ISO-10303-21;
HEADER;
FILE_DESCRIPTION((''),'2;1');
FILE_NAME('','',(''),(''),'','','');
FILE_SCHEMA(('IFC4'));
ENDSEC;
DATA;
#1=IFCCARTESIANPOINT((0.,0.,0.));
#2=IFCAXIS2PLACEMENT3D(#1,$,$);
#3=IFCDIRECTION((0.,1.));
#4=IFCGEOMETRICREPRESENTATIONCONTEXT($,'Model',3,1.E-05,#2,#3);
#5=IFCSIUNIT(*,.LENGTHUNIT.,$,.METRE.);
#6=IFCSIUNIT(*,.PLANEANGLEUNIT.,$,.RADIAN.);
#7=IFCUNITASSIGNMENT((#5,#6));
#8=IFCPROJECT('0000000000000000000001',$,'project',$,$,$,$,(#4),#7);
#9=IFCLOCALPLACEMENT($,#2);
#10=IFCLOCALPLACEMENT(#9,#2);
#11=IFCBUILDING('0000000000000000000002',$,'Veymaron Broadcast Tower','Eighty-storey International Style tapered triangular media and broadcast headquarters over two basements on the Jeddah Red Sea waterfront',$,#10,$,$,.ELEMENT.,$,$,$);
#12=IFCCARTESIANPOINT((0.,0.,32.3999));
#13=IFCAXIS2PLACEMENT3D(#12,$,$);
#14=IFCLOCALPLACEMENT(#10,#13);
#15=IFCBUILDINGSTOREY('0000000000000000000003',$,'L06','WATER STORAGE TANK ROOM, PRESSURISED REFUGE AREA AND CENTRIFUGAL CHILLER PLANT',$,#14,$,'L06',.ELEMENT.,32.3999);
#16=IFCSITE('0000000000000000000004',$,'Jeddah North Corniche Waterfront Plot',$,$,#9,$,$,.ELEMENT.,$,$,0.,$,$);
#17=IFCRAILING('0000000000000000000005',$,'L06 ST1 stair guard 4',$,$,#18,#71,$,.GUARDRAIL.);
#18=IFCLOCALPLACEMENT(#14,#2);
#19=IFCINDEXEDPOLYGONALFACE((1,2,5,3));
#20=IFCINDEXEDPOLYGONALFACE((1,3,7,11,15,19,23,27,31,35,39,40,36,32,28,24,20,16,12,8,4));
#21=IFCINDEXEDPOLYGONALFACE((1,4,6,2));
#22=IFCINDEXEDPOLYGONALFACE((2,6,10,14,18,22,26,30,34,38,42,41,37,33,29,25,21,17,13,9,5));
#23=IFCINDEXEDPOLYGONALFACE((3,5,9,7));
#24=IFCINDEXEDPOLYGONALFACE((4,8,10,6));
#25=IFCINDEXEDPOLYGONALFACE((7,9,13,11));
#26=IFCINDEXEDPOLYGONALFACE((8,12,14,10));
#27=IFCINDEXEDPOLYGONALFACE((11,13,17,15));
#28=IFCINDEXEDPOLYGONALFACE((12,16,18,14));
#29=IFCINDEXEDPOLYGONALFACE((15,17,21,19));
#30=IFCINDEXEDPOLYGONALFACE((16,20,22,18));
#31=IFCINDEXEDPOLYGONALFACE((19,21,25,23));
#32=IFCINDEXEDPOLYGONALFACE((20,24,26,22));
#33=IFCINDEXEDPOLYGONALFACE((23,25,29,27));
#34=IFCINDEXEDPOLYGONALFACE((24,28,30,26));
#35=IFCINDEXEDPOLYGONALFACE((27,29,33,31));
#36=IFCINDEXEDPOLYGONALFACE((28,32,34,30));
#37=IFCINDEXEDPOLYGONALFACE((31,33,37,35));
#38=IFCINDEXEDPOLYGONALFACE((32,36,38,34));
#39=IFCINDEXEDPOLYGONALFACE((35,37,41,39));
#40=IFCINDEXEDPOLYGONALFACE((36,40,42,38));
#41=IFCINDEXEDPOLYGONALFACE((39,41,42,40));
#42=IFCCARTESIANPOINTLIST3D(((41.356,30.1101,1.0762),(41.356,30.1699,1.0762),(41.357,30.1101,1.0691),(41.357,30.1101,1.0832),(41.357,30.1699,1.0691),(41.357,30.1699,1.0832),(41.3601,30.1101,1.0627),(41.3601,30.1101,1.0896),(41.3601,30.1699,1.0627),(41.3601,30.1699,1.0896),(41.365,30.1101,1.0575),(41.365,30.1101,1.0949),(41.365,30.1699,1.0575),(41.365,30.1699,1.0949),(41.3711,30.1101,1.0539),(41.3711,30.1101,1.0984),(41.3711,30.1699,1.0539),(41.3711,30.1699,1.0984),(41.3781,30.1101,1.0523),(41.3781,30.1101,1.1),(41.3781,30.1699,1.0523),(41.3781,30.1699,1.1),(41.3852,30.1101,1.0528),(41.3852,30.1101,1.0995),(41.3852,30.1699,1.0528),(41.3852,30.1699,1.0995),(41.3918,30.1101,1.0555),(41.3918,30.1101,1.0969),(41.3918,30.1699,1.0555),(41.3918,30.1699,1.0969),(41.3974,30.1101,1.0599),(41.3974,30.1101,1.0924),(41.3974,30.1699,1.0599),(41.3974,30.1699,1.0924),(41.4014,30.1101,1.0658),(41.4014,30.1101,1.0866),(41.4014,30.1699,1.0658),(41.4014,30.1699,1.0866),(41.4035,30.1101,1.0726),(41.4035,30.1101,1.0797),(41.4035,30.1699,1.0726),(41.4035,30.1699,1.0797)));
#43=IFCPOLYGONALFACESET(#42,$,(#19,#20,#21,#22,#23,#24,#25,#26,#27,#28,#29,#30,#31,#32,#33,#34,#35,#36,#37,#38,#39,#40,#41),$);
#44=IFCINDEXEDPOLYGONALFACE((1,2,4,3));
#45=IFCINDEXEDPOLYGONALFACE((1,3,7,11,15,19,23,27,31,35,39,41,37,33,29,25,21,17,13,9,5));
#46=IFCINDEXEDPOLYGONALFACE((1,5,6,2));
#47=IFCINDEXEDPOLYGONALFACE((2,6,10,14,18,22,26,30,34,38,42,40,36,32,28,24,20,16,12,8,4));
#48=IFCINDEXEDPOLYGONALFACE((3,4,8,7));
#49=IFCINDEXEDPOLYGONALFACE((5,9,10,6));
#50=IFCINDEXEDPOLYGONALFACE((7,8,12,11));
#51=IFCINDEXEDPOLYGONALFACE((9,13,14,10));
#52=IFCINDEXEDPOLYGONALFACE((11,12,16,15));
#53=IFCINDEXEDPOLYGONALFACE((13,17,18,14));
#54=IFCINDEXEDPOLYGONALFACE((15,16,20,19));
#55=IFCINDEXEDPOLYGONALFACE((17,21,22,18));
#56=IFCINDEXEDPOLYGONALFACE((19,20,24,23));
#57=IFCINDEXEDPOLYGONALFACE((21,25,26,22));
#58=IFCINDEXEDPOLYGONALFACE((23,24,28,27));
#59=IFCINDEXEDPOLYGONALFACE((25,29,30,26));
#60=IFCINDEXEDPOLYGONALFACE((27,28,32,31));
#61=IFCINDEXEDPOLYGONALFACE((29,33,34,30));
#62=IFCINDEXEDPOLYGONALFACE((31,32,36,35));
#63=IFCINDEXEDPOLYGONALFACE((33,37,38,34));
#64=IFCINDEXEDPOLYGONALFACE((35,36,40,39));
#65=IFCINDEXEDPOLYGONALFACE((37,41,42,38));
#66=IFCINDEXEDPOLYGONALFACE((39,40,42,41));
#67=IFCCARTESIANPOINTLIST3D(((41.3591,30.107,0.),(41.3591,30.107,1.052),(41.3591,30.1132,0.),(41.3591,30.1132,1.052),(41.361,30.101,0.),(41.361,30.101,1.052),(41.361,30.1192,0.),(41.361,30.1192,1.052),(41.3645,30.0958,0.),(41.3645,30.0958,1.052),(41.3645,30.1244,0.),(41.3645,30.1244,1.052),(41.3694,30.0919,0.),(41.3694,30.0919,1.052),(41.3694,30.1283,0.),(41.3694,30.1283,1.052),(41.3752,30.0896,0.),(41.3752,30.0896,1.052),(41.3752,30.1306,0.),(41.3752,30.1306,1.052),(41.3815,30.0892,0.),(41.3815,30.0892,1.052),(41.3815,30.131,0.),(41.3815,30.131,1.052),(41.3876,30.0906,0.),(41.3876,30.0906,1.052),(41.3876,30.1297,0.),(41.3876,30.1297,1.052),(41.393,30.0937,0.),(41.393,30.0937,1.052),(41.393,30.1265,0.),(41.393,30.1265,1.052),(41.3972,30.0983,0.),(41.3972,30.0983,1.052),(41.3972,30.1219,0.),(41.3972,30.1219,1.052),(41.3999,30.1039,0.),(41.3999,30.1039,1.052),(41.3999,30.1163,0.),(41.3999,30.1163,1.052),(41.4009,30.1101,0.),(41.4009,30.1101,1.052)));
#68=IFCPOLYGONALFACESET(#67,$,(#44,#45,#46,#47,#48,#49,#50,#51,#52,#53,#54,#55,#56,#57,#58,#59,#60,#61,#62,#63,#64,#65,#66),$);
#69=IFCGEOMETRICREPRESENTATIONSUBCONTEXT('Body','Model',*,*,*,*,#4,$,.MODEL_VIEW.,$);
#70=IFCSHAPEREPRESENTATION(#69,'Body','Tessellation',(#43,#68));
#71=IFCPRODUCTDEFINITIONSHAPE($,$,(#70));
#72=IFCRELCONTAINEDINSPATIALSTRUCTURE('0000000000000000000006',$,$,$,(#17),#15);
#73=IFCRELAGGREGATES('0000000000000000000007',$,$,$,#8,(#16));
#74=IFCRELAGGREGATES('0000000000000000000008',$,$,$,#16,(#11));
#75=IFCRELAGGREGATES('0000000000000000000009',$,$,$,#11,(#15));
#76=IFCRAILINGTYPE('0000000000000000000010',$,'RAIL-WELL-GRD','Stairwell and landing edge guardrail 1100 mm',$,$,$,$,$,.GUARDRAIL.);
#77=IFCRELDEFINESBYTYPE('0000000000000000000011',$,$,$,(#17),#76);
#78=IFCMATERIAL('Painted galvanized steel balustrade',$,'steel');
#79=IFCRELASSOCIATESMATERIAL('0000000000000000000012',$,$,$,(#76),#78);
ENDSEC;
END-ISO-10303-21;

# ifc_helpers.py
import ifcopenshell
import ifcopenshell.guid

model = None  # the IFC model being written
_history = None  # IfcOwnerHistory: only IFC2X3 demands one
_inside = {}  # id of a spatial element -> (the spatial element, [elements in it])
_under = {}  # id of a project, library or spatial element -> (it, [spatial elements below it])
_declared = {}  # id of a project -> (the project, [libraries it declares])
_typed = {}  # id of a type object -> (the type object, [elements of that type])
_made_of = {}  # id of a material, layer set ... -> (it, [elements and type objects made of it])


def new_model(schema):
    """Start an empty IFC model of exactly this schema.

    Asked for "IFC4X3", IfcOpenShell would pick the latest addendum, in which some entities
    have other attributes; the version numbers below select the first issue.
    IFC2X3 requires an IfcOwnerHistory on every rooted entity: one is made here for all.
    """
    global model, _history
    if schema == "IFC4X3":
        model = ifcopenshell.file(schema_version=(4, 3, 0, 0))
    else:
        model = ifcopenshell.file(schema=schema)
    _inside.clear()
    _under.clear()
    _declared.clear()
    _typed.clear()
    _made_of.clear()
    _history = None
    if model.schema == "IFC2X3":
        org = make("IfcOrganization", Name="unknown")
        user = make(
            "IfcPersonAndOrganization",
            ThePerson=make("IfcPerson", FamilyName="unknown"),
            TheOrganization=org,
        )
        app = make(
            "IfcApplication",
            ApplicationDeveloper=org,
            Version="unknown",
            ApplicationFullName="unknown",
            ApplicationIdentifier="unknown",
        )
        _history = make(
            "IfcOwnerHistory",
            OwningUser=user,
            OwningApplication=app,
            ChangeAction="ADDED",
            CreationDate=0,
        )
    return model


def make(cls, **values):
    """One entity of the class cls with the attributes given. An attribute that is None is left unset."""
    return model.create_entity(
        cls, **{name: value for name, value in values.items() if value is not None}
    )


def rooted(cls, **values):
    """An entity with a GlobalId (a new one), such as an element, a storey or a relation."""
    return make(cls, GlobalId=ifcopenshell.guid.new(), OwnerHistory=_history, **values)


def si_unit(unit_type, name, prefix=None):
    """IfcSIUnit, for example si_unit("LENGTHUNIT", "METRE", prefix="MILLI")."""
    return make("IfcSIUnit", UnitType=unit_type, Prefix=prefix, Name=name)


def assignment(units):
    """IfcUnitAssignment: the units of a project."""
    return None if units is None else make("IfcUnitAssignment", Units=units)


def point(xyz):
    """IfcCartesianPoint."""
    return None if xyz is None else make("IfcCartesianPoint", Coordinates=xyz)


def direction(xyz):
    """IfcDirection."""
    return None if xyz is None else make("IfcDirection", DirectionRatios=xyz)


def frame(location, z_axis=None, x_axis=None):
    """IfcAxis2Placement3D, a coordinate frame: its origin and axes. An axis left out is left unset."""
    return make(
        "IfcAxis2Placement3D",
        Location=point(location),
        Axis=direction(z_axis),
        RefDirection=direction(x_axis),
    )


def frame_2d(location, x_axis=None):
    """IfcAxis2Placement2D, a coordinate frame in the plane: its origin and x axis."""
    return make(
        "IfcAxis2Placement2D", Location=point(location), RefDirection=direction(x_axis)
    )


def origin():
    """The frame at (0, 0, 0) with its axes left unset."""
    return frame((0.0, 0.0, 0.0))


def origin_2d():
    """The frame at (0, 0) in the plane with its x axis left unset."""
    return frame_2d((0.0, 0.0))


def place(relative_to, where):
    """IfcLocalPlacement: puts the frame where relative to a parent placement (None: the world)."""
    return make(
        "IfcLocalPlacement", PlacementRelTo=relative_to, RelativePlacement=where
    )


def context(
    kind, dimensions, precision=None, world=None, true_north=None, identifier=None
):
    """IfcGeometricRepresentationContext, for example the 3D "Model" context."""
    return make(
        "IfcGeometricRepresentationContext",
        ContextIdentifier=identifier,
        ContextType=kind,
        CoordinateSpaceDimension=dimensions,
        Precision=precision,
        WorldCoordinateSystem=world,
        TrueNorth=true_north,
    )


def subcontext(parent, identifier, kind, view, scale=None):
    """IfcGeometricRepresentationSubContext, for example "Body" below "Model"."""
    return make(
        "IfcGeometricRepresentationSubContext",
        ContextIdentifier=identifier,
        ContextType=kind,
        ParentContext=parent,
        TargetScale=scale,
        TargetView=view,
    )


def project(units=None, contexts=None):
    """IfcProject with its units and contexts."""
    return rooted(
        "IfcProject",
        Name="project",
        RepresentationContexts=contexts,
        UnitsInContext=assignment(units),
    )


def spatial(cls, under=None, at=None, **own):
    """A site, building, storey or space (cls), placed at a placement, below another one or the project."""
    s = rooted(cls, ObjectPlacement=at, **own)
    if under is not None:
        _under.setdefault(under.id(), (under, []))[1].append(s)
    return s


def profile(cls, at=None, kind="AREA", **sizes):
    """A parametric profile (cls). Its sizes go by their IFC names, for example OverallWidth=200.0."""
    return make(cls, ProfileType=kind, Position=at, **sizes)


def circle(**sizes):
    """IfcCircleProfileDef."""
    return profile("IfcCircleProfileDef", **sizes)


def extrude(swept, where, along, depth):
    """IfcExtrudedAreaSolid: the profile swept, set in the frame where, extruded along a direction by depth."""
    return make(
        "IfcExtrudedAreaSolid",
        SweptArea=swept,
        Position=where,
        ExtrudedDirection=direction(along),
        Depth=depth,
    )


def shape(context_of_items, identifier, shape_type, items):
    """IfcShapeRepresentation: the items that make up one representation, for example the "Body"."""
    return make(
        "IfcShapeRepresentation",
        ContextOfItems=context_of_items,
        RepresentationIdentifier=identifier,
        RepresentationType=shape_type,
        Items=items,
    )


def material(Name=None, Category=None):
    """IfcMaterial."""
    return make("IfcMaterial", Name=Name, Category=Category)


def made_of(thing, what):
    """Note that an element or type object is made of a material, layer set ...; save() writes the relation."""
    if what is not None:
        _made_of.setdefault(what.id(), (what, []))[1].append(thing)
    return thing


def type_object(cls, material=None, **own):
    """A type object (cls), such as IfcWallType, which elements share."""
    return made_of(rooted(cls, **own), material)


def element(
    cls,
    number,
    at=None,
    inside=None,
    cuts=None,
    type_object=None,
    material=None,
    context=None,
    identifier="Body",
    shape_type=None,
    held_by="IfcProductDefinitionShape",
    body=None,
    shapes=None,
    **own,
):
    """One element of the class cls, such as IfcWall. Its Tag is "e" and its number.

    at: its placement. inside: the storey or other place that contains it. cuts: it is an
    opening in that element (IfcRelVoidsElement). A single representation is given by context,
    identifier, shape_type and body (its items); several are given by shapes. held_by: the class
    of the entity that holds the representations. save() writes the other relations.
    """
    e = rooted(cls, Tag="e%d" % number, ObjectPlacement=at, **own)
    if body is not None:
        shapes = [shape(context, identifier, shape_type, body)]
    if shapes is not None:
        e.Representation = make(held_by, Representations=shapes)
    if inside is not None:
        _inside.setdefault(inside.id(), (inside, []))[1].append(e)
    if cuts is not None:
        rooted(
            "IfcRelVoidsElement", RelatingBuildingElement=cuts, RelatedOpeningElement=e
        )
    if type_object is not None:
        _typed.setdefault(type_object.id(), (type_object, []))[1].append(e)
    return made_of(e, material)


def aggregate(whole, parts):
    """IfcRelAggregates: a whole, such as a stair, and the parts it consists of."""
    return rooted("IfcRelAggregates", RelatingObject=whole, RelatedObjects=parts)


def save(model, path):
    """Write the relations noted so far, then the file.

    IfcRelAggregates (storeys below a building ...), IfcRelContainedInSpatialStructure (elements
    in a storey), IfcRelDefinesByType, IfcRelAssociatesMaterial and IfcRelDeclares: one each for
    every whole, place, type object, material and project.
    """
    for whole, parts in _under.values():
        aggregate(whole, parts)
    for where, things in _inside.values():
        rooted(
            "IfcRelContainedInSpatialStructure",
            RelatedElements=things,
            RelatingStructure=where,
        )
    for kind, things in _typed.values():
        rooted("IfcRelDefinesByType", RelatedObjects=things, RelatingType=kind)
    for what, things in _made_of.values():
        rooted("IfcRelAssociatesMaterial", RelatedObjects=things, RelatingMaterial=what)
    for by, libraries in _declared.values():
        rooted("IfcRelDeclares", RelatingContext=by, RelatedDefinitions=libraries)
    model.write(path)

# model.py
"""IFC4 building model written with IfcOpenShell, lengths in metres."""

from ifc_helpers import new_model, si_unit, direction, frame, origin, origin_2d, place, context, subcontext, project, spatial, circle, extrude, material, type_object, element, save


model = new_model("IFC4")

# Units and contexts
model_context = context("Model", 3, precision=1e-05, world=origin(), true_north=direction((0.0, 1.0)))
body_context = subcontext(model_context, "Body", "Model", "MODEL_VIEW")
ifc_project = project(units=[si_unit("LENGTHUNIT", "METRE"), si_unit("PLANEANGLEUNIT", "RADIAN")], contexts=[model_context])

# Site, building, storey
site_placement = place(None, origin())
site = spatial("IfcSite", under=ifc_project, at=site_placement, Name="Jeddah North Corniche Waterfront Plot", CompositionType="ELEMENT", RefElevation=0.0)
building_placement = place(site_placement, origin())
building = spatial("IfcBuilding", under=site, at=building_placement, Name="Veymaron Broadcast Tower", Description="Eighty-storey International Style tapered triangular media and broadcast headquarters over two basements on the Jeddah Red Sea waterfront", CompositionType="ELEMENT")
storey_placement = place(building_placement, frame((0.0, 0.0, 32.3999)))
storey = spatial("IfcBuildingStorey", under=building, at=storey_placement, Name="L06", Description="WATER STORAGE TANK ROOM, PRESSURISED REFUGE AREA AND CENTRIFUGAL CHILLER PLANT", LongName="L06", CompositionType="ELEMENT", Elevation=32.3999)

# Railing
ifc_material_1 = material(Name="Painted galvanized steel balustrade", Category="steel")
railing_type_1 = type_object("IfcRailingType", Name="RAIL-WELL-GRD", Description="Stairwell and landing edge guardrail 1100 mm", PredefinedType="GUARDRAIL", material=ifc_material_1)
railing_1_placement = place(storey_placement, frame((41.3799, 30.1101, 0.0)))
element("IfcRailing", 1, at=railing_1_placement, inside=storey, type_object=railing_type_1, Name="L06 ST1 stair guard 4", PredefinedType="GUARDRAIL", context=body_context, shape_type="SweptSolid", body=[
    extrude(circle(Radius=0.0239, at=origin_2d()), frame((0.0, 0.0, 1.0762), z_axis=(0.0, 1.0, 0.0), x_axis=(-1.0, 0.0, 0.0)), (0.0, 0.0, 1.0), 0.0598),
    extrude(circle(Radius=0.021, at=origin_2d()), origin(), (0.0, 0.0, 1.0), 1.052),
])

save(model, "model.ifc")
